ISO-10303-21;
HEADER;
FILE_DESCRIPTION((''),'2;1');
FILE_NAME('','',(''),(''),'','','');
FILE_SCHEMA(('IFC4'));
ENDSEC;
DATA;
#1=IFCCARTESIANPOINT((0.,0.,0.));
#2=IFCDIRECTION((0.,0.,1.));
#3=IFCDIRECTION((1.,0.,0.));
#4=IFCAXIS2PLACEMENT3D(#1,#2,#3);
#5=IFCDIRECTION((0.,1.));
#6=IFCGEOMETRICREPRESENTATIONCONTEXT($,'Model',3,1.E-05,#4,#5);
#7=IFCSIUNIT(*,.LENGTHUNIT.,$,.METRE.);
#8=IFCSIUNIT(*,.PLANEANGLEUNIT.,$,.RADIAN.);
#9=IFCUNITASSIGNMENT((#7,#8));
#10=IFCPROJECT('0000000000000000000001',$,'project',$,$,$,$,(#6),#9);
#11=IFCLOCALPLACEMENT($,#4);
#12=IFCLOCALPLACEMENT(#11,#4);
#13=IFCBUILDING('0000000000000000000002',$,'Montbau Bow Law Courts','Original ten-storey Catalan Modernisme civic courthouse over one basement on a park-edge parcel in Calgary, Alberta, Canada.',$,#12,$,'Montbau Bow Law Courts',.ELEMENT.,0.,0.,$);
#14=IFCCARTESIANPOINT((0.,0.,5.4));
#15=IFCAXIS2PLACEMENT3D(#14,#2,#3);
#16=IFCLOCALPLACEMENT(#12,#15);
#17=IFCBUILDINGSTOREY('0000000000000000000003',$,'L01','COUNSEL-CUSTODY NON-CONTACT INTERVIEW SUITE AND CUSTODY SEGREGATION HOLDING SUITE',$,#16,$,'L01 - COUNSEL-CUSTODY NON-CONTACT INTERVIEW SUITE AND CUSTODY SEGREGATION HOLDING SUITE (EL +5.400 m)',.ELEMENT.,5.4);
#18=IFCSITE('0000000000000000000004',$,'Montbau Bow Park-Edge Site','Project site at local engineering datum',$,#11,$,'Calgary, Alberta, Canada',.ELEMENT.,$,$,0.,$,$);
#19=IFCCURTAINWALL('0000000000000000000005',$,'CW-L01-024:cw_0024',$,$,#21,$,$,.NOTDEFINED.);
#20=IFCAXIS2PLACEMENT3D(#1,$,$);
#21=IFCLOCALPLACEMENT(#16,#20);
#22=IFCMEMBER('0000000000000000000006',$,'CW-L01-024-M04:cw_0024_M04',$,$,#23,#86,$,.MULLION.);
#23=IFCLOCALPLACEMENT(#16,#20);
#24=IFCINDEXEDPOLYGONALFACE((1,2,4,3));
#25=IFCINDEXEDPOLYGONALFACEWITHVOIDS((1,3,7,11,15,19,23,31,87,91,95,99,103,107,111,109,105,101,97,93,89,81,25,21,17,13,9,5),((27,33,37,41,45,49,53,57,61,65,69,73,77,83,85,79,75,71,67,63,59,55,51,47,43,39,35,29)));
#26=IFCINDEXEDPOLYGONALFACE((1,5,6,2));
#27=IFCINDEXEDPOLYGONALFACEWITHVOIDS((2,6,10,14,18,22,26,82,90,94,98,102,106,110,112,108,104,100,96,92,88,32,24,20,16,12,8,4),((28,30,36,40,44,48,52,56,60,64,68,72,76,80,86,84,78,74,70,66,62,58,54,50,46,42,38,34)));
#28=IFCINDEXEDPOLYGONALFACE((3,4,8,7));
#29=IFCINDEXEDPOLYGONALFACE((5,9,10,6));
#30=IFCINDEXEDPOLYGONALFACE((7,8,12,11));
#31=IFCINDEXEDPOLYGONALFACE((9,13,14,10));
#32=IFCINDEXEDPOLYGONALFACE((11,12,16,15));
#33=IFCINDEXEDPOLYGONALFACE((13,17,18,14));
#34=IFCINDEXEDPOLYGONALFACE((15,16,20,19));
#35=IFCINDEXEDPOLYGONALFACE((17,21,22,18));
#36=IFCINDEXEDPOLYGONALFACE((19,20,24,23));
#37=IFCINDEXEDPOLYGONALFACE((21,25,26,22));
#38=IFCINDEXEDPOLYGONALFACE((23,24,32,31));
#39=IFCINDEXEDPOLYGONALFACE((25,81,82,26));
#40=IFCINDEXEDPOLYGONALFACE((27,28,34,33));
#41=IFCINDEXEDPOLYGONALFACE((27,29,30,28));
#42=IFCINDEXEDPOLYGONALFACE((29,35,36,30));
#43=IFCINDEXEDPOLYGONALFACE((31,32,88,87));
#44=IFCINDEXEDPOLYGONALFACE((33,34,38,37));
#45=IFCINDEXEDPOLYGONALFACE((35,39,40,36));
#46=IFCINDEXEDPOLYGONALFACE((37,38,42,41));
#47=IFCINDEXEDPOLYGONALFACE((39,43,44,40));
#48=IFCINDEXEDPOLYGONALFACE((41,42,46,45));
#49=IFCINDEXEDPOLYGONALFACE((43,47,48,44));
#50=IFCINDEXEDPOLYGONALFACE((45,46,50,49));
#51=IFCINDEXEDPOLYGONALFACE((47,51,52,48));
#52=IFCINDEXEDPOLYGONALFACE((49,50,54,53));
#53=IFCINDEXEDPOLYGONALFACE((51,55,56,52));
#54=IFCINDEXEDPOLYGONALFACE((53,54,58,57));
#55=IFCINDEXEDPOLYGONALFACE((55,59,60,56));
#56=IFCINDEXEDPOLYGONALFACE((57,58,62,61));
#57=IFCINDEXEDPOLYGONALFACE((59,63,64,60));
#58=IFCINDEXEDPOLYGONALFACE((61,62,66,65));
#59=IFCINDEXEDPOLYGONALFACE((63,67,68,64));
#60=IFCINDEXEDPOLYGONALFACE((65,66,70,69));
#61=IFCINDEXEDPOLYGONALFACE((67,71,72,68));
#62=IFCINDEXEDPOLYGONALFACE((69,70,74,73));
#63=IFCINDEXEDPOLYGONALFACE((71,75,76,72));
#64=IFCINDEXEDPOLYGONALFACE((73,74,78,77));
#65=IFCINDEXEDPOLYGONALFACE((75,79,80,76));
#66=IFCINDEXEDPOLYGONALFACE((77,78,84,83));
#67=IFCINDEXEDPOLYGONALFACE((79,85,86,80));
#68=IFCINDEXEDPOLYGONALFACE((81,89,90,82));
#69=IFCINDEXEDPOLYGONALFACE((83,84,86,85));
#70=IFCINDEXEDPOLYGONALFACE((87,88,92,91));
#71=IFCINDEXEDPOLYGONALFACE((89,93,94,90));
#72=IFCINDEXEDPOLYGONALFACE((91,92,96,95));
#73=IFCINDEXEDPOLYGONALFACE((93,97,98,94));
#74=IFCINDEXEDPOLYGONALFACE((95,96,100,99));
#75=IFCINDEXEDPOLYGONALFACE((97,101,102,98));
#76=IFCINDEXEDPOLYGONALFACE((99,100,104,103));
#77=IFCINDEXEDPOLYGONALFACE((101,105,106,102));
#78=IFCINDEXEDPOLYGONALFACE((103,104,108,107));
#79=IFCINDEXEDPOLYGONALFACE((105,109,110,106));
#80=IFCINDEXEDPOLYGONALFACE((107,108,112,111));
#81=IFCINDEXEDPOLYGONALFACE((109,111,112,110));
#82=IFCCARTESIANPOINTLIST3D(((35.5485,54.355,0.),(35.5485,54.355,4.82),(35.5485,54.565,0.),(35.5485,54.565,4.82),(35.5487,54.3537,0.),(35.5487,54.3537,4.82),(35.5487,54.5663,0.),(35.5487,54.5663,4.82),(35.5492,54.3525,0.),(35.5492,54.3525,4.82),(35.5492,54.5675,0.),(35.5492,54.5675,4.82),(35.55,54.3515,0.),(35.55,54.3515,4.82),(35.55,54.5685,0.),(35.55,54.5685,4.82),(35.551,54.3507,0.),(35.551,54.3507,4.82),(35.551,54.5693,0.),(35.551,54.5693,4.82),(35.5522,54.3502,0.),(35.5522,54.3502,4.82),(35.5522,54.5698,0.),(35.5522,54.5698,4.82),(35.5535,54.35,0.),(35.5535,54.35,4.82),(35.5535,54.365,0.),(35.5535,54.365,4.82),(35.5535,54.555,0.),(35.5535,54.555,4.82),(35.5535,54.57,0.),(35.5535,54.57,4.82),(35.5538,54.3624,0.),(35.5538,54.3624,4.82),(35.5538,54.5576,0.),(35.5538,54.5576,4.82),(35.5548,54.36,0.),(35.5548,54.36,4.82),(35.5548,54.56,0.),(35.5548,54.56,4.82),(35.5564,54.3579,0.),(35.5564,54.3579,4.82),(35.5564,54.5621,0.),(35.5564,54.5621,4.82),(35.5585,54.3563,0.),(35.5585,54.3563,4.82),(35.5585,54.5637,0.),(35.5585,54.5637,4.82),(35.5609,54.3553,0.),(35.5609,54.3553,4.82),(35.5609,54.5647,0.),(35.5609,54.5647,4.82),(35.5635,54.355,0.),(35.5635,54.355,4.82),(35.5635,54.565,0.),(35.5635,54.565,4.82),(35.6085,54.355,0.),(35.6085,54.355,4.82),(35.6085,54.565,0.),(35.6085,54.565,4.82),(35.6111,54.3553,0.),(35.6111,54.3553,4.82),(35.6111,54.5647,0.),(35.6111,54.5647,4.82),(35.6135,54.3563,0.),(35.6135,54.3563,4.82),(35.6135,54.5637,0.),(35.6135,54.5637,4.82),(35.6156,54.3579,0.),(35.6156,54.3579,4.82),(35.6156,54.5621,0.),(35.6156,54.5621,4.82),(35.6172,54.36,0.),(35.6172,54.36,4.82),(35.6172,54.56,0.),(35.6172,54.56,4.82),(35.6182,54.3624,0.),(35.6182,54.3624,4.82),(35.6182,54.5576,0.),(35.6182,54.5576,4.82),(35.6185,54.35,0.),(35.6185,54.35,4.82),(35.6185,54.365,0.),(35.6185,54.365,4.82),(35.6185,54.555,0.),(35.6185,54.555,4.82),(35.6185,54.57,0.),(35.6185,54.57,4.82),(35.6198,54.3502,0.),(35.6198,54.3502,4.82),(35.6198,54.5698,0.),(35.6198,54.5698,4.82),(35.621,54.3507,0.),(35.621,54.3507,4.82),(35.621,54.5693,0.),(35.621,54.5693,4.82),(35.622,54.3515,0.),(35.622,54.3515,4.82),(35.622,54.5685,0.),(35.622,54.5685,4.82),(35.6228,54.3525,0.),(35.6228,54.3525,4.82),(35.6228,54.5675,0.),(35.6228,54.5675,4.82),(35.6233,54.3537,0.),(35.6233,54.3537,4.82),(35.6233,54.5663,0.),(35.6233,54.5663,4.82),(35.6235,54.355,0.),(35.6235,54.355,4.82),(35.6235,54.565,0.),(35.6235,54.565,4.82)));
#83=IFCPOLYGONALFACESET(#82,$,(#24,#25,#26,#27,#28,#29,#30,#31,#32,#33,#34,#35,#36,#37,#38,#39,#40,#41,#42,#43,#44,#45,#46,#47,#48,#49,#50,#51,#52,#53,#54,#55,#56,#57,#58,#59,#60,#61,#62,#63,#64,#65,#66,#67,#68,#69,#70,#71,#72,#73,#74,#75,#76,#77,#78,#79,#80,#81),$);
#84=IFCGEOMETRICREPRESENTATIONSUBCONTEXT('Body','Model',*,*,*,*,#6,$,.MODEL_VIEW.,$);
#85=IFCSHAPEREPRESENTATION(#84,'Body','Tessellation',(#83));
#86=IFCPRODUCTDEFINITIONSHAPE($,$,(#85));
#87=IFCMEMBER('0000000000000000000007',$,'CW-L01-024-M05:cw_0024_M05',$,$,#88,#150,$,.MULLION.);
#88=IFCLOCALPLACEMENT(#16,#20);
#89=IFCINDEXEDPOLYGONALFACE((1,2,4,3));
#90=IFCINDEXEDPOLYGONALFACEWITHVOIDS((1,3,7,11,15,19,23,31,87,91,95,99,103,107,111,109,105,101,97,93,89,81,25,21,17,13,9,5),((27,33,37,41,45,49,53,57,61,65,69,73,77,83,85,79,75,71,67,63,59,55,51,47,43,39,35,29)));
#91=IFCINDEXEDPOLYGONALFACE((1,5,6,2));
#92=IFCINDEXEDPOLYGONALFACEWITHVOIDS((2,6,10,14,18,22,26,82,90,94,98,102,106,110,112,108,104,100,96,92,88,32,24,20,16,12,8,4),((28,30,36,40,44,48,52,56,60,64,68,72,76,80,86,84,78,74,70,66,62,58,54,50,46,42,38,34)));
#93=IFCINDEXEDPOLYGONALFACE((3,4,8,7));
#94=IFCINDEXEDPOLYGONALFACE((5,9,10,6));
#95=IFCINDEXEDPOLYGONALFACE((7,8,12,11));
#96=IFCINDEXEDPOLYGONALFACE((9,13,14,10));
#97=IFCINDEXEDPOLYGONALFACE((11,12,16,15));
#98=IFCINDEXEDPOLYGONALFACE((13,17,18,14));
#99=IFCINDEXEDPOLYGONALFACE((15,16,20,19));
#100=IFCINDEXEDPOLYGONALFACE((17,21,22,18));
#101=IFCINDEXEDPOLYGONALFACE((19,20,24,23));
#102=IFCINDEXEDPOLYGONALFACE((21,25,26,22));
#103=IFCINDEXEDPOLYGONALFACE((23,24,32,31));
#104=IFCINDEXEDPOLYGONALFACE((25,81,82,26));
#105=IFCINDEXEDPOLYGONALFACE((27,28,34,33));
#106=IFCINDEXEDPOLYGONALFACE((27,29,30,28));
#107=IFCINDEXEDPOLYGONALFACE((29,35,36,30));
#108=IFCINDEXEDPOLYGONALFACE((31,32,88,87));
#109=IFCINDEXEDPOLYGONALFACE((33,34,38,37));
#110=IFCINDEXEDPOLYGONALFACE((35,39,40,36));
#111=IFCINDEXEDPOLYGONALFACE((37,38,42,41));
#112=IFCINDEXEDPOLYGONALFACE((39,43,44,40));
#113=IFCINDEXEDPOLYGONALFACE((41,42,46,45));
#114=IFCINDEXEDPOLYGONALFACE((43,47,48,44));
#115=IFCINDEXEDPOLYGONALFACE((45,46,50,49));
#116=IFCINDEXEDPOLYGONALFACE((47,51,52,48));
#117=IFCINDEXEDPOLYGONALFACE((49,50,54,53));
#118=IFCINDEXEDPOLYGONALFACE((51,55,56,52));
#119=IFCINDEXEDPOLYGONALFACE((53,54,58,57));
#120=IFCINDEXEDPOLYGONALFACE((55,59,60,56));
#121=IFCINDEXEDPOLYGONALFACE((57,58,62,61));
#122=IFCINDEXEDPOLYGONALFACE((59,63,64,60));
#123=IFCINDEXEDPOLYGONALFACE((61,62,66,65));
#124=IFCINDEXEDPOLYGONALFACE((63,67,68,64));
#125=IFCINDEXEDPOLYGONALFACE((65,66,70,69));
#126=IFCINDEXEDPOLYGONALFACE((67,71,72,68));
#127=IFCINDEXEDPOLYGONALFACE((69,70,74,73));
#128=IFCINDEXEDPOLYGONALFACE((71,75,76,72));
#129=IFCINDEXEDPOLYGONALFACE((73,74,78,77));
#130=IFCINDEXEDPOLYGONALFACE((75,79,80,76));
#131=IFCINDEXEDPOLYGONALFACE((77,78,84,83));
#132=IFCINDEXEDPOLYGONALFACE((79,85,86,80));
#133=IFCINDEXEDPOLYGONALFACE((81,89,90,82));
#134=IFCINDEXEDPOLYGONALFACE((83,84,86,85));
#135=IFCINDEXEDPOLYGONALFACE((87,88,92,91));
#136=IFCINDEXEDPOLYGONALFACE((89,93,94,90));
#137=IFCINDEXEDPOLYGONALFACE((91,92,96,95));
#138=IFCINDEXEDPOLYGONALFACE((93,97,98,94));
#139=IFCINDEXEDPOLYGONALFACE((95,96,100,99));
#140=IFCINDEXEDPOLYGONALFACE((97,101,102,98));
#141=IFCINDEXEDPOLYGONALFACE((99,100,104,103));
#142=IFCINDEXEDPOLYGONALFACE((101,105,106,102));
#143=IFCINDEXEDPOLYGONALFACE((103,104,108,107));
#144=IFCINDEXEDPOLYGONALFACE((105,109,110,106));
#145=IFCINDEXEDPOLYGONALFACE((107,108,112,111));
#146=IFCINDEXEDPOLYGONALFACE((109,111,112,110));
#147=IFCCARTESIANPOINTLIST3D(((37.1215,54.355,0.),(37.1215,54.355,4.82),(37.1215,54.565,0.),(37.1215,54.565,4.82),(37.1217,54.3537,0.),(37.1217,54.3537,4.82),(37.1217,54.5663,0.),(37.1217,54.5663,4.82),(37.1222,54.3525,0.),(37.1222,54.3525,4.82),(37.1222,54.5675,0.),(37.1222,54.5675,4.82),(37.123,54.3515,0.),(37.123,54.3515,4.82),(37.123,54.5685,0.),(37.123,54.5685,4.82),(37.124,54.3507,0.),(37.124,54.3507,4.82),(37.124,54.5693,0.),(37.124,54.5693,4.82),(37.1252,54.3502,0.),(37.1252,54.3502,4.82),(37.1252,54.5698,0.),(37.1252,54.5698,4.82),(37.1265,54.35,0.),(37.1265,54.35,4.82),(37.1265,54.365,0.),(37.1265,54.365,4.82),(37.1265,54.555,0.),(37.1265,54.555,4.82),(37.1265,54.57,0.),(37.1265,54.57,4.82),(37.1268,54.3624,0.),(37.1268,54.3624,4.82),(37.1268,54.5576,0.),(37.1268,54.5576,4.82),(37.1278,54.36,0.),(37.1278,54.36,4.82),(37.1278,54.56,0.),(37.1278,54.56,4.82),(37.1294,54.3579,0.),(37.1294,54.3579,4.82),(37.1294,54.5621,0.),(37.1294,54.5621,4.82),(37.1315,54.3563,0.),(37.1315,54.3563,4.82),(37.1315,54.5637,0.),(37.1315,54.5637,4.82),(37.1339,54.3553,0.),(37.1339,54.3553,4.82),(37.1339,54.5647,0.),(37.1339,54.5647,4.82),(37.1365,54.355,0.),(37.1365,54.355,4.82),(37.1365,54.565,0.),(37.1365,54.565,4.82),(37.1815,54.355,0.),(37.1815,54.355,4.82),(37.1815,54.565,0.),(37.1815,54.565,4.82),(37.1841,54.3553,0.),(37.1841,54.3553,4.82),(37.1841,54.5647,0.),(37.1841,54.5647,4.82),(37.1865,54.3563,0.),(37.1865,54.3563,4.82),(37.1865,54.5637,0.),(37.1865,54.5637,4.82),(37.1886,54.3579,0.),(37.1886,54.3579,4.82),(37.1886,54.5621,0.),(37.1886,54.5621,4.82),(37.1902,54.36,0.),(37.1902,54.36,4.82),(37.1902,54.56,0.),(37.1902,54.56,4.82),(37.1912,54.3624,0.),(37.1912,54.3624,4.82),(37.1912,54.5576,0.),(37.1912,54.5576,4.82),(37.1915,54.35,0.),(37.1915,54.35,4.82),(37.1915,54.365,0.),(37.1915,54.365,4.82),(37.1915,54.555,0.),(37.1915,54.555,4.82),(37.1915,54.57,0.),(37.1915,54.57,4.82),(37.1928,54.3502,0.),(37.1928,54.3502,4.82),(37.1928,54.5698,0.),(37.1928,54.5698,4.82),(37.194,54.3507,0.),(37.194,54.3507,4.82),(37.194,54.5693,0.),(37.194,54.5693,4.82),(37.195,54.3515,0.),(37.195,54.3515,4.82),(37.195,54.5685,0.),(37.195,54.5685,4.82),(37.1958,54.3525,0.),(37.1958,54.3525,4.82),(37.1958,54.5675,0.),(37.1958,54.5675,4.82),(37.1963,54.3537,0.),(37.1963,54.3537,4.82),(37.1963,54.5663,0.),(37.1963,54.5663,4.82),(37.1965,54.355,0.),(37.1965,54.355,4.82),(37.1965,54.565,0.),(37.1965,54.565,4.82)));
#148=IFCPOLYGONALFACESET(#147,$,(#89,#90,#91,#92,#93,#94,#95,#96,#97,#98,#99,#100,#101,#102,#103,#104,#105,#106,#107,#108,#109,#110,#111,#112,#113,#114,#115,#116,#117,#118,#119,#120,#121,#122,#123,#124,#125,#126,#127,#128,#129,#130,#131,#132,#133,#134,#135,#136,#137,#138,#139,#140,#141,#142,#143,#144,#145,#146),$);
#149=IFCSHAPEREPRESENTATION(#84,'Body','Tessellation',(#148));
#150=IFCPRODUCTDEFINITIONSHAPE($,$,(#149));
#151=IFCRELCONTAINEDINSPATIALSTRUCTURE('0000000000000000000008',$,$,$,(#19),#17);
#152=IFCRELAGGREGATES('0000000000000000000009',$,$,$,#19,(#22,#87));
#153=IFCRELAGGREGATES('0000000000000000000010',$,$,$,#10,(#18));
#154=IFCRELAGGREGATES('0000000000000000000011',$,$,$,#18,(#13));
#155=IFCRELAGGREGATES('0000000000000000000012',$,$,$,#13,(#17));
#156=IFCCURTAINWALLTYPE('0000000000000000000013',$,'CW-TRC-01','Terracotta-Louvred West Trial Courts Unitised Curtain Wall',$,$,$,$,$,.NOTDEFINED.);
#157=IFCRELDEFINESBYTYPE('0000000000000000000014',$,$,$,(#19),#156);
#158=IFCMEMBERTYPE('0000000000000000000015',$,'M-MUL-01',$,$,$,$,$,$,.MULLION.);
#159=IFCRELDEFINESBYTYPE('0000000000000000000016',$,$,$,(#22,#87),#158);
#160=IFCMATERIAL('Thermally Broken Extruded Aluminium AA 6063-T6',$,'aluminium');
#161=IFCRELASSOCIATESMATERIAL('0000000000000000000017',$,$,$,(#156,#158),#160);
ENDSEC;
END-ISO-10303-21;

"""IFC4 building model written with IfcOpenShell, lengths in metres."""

from ifc_helpers import new_model, si_unit, direction, frame, origin_with_axes, origin_2d_with_axis, place, context, subcontext, project, spatial, hollow_rectangle, extrude, material, material_profile, profile_set, type_object, element, aggregate, save


model = new_model("IFC4")

# Units and contexts
model_context = context("Model", 3, precision=1e-05, world=origin_with_axes(), true_north=direction((0.0, 1.0)))
body_context = subcontext(model_context, "Body", "Model", "MODEL_VIEW")
ifc_project = project(units=[si_unit("LENGTHUNIT", "METRE"), si_unit("PLANEANGLEUNIT", "RADIAN")], contexts=[model_context])

# Site, building, storey
site_placement = place(None, origin_with_axes())
site = spatial("IfcSite", under=ifc_project, at=site_placement, Name="Montbau Bow Park-Edge Site", Description="Project site at local engineering datum", LongName="Calgary, Alberta, Canada", CompositionType="ELEMENT", RefElevation=0.0)
building_placement = place(site_placement, origin_with_axes())
building = spatial("IfcBuilding", under=site, at=building_placement, Name="Montbau Bow Law Courts", Description="Original ten-storey Catalan Modernisme civic courthouse over one basement on a park-edge parcel in Calgary, Alberta, Canada.", LongName="Montbau Bow Law Courts", CompositionType="ELEMENT", ElevationOfRefHeight=0.0, ElevationOfTerrain=0.0)
storey_placement = place(building_placement, frame((0.0, 0.0, 5.4), z_axis=(0.0, 0.0, 1.0), x_axis=(1.0, 0.0, 0.0)))
storey = spatial("IfcBuildingStorey", under=building, at=storey_placement, Name="L01", Description="COUNSEL-CUSTODY NON-CONTACT INTERVIEW SUITE AND CUSTODY SEGREGATION HOLDING SUITE", LongName="L01 - COUNSEL-CUSTODY NON-CONTACT INTERVIEW SUITE AND CUSTODY SEGREGATION HOLDING SUITE (EL +5.400 m)", CompositionType="ELEMENT", Elevation=5.4)

# Curtain wall, members
ifc_material_1 = material(Name="Thermally Broken Extruded Aluminium AA 6063-T6", Category="aluminium")
curtain_wall_type = type_object("IfcCurtainWallType", Name="CW-TRC-01", Description="Terracotta-Louvred West Trial Courts Unitised Curtain Wall", PredefinedType="NOTDEFINED", material=ifc_material_1)
curtain_wall_1_placement = place(None, frame((30.867, 54.46, 5.4), z_axis=(0.0, 0.0, 1.0), x_axis=(1.0, 0.0, 0.0)))
curtain_wall_1 = element("IfcCurtainWall", 1, at=curtain_wall_1_placement, inside=storey, type_object=curtain_wall_type, Name="CW-L01-024:cw_0024", PredefinedType="NOTDEFINED")
ifc_material_profile_1 = material_profile(ifc_material_1, hollow_rectangle(XDim=0.075, YDim=0.22, WallThickness=0.005, InnerFilletRadius=0.01, OuterFilletRadius=0.005, at=origin_2d_with_axis()), Name="CWM-220X75", Category="Main", Priority=0)
ifc_profile_set_1 = profile_set([ifc_material_profile_1], Name="Thermally Broken Extruded Aluminium AA 6063-T6")
member_type_1 = type_object("IfcMemberType", Name="M-MUL-01", PredefinedType="MULLION", material=ifc_profile_set_1)
member_1_placement = place(None, frame((35.586, 54.46, 5.4), z_axis=(0.0, 0.0, 1.0), x_axis=(1.0, 0.0, 0.0)))
member_1 = element("IfcMember", 2, at=member_1_placement, type_object=member_type_1, Name="CW-L01-024-M04:cw_0024_M04", PredefinedType="MULLION", context=body_context, shape_type="SweptSolid", body=[
    extrude(hollow_rectangle(XDim=0.075, YDim=0.22, WallThickness=0.005, InnerFilletRadius=0.01, OuterFilletRadius=0.005, at=origin_2d_with_axis()), origin_with_axes(), (0.0, 0.0, 1.0), 4.82),
])
member_2_placement = place(None, frame((37.159, 54.46, 5.4), z_axis=(0.0, 0.0, 1.0), x_axis=(1.0, 0.0, 0.0)))
member_2 = element("IfcMember", 3, at=member_2_placement, type_object=member_type_1, Name="CW-L01-024-M05:cw_0024_M05", PredefinedType="MULLION", context=body_context, shape_type="SweptSolid", body=[
    extrude(hollow_rectangle(XDim=0.075, YDim=0.22, WallThickness=0.005, InnerFilletRadius=0.01, OuterFilletRadius=0.005, at=origin_2d_with_axis()), origin_with_axes(), (0.0, 0.0, 1.0), 4.82),
])

aggregate(curtain_wall_1, [member_1, member_2])

save(model, "model.ifc")
